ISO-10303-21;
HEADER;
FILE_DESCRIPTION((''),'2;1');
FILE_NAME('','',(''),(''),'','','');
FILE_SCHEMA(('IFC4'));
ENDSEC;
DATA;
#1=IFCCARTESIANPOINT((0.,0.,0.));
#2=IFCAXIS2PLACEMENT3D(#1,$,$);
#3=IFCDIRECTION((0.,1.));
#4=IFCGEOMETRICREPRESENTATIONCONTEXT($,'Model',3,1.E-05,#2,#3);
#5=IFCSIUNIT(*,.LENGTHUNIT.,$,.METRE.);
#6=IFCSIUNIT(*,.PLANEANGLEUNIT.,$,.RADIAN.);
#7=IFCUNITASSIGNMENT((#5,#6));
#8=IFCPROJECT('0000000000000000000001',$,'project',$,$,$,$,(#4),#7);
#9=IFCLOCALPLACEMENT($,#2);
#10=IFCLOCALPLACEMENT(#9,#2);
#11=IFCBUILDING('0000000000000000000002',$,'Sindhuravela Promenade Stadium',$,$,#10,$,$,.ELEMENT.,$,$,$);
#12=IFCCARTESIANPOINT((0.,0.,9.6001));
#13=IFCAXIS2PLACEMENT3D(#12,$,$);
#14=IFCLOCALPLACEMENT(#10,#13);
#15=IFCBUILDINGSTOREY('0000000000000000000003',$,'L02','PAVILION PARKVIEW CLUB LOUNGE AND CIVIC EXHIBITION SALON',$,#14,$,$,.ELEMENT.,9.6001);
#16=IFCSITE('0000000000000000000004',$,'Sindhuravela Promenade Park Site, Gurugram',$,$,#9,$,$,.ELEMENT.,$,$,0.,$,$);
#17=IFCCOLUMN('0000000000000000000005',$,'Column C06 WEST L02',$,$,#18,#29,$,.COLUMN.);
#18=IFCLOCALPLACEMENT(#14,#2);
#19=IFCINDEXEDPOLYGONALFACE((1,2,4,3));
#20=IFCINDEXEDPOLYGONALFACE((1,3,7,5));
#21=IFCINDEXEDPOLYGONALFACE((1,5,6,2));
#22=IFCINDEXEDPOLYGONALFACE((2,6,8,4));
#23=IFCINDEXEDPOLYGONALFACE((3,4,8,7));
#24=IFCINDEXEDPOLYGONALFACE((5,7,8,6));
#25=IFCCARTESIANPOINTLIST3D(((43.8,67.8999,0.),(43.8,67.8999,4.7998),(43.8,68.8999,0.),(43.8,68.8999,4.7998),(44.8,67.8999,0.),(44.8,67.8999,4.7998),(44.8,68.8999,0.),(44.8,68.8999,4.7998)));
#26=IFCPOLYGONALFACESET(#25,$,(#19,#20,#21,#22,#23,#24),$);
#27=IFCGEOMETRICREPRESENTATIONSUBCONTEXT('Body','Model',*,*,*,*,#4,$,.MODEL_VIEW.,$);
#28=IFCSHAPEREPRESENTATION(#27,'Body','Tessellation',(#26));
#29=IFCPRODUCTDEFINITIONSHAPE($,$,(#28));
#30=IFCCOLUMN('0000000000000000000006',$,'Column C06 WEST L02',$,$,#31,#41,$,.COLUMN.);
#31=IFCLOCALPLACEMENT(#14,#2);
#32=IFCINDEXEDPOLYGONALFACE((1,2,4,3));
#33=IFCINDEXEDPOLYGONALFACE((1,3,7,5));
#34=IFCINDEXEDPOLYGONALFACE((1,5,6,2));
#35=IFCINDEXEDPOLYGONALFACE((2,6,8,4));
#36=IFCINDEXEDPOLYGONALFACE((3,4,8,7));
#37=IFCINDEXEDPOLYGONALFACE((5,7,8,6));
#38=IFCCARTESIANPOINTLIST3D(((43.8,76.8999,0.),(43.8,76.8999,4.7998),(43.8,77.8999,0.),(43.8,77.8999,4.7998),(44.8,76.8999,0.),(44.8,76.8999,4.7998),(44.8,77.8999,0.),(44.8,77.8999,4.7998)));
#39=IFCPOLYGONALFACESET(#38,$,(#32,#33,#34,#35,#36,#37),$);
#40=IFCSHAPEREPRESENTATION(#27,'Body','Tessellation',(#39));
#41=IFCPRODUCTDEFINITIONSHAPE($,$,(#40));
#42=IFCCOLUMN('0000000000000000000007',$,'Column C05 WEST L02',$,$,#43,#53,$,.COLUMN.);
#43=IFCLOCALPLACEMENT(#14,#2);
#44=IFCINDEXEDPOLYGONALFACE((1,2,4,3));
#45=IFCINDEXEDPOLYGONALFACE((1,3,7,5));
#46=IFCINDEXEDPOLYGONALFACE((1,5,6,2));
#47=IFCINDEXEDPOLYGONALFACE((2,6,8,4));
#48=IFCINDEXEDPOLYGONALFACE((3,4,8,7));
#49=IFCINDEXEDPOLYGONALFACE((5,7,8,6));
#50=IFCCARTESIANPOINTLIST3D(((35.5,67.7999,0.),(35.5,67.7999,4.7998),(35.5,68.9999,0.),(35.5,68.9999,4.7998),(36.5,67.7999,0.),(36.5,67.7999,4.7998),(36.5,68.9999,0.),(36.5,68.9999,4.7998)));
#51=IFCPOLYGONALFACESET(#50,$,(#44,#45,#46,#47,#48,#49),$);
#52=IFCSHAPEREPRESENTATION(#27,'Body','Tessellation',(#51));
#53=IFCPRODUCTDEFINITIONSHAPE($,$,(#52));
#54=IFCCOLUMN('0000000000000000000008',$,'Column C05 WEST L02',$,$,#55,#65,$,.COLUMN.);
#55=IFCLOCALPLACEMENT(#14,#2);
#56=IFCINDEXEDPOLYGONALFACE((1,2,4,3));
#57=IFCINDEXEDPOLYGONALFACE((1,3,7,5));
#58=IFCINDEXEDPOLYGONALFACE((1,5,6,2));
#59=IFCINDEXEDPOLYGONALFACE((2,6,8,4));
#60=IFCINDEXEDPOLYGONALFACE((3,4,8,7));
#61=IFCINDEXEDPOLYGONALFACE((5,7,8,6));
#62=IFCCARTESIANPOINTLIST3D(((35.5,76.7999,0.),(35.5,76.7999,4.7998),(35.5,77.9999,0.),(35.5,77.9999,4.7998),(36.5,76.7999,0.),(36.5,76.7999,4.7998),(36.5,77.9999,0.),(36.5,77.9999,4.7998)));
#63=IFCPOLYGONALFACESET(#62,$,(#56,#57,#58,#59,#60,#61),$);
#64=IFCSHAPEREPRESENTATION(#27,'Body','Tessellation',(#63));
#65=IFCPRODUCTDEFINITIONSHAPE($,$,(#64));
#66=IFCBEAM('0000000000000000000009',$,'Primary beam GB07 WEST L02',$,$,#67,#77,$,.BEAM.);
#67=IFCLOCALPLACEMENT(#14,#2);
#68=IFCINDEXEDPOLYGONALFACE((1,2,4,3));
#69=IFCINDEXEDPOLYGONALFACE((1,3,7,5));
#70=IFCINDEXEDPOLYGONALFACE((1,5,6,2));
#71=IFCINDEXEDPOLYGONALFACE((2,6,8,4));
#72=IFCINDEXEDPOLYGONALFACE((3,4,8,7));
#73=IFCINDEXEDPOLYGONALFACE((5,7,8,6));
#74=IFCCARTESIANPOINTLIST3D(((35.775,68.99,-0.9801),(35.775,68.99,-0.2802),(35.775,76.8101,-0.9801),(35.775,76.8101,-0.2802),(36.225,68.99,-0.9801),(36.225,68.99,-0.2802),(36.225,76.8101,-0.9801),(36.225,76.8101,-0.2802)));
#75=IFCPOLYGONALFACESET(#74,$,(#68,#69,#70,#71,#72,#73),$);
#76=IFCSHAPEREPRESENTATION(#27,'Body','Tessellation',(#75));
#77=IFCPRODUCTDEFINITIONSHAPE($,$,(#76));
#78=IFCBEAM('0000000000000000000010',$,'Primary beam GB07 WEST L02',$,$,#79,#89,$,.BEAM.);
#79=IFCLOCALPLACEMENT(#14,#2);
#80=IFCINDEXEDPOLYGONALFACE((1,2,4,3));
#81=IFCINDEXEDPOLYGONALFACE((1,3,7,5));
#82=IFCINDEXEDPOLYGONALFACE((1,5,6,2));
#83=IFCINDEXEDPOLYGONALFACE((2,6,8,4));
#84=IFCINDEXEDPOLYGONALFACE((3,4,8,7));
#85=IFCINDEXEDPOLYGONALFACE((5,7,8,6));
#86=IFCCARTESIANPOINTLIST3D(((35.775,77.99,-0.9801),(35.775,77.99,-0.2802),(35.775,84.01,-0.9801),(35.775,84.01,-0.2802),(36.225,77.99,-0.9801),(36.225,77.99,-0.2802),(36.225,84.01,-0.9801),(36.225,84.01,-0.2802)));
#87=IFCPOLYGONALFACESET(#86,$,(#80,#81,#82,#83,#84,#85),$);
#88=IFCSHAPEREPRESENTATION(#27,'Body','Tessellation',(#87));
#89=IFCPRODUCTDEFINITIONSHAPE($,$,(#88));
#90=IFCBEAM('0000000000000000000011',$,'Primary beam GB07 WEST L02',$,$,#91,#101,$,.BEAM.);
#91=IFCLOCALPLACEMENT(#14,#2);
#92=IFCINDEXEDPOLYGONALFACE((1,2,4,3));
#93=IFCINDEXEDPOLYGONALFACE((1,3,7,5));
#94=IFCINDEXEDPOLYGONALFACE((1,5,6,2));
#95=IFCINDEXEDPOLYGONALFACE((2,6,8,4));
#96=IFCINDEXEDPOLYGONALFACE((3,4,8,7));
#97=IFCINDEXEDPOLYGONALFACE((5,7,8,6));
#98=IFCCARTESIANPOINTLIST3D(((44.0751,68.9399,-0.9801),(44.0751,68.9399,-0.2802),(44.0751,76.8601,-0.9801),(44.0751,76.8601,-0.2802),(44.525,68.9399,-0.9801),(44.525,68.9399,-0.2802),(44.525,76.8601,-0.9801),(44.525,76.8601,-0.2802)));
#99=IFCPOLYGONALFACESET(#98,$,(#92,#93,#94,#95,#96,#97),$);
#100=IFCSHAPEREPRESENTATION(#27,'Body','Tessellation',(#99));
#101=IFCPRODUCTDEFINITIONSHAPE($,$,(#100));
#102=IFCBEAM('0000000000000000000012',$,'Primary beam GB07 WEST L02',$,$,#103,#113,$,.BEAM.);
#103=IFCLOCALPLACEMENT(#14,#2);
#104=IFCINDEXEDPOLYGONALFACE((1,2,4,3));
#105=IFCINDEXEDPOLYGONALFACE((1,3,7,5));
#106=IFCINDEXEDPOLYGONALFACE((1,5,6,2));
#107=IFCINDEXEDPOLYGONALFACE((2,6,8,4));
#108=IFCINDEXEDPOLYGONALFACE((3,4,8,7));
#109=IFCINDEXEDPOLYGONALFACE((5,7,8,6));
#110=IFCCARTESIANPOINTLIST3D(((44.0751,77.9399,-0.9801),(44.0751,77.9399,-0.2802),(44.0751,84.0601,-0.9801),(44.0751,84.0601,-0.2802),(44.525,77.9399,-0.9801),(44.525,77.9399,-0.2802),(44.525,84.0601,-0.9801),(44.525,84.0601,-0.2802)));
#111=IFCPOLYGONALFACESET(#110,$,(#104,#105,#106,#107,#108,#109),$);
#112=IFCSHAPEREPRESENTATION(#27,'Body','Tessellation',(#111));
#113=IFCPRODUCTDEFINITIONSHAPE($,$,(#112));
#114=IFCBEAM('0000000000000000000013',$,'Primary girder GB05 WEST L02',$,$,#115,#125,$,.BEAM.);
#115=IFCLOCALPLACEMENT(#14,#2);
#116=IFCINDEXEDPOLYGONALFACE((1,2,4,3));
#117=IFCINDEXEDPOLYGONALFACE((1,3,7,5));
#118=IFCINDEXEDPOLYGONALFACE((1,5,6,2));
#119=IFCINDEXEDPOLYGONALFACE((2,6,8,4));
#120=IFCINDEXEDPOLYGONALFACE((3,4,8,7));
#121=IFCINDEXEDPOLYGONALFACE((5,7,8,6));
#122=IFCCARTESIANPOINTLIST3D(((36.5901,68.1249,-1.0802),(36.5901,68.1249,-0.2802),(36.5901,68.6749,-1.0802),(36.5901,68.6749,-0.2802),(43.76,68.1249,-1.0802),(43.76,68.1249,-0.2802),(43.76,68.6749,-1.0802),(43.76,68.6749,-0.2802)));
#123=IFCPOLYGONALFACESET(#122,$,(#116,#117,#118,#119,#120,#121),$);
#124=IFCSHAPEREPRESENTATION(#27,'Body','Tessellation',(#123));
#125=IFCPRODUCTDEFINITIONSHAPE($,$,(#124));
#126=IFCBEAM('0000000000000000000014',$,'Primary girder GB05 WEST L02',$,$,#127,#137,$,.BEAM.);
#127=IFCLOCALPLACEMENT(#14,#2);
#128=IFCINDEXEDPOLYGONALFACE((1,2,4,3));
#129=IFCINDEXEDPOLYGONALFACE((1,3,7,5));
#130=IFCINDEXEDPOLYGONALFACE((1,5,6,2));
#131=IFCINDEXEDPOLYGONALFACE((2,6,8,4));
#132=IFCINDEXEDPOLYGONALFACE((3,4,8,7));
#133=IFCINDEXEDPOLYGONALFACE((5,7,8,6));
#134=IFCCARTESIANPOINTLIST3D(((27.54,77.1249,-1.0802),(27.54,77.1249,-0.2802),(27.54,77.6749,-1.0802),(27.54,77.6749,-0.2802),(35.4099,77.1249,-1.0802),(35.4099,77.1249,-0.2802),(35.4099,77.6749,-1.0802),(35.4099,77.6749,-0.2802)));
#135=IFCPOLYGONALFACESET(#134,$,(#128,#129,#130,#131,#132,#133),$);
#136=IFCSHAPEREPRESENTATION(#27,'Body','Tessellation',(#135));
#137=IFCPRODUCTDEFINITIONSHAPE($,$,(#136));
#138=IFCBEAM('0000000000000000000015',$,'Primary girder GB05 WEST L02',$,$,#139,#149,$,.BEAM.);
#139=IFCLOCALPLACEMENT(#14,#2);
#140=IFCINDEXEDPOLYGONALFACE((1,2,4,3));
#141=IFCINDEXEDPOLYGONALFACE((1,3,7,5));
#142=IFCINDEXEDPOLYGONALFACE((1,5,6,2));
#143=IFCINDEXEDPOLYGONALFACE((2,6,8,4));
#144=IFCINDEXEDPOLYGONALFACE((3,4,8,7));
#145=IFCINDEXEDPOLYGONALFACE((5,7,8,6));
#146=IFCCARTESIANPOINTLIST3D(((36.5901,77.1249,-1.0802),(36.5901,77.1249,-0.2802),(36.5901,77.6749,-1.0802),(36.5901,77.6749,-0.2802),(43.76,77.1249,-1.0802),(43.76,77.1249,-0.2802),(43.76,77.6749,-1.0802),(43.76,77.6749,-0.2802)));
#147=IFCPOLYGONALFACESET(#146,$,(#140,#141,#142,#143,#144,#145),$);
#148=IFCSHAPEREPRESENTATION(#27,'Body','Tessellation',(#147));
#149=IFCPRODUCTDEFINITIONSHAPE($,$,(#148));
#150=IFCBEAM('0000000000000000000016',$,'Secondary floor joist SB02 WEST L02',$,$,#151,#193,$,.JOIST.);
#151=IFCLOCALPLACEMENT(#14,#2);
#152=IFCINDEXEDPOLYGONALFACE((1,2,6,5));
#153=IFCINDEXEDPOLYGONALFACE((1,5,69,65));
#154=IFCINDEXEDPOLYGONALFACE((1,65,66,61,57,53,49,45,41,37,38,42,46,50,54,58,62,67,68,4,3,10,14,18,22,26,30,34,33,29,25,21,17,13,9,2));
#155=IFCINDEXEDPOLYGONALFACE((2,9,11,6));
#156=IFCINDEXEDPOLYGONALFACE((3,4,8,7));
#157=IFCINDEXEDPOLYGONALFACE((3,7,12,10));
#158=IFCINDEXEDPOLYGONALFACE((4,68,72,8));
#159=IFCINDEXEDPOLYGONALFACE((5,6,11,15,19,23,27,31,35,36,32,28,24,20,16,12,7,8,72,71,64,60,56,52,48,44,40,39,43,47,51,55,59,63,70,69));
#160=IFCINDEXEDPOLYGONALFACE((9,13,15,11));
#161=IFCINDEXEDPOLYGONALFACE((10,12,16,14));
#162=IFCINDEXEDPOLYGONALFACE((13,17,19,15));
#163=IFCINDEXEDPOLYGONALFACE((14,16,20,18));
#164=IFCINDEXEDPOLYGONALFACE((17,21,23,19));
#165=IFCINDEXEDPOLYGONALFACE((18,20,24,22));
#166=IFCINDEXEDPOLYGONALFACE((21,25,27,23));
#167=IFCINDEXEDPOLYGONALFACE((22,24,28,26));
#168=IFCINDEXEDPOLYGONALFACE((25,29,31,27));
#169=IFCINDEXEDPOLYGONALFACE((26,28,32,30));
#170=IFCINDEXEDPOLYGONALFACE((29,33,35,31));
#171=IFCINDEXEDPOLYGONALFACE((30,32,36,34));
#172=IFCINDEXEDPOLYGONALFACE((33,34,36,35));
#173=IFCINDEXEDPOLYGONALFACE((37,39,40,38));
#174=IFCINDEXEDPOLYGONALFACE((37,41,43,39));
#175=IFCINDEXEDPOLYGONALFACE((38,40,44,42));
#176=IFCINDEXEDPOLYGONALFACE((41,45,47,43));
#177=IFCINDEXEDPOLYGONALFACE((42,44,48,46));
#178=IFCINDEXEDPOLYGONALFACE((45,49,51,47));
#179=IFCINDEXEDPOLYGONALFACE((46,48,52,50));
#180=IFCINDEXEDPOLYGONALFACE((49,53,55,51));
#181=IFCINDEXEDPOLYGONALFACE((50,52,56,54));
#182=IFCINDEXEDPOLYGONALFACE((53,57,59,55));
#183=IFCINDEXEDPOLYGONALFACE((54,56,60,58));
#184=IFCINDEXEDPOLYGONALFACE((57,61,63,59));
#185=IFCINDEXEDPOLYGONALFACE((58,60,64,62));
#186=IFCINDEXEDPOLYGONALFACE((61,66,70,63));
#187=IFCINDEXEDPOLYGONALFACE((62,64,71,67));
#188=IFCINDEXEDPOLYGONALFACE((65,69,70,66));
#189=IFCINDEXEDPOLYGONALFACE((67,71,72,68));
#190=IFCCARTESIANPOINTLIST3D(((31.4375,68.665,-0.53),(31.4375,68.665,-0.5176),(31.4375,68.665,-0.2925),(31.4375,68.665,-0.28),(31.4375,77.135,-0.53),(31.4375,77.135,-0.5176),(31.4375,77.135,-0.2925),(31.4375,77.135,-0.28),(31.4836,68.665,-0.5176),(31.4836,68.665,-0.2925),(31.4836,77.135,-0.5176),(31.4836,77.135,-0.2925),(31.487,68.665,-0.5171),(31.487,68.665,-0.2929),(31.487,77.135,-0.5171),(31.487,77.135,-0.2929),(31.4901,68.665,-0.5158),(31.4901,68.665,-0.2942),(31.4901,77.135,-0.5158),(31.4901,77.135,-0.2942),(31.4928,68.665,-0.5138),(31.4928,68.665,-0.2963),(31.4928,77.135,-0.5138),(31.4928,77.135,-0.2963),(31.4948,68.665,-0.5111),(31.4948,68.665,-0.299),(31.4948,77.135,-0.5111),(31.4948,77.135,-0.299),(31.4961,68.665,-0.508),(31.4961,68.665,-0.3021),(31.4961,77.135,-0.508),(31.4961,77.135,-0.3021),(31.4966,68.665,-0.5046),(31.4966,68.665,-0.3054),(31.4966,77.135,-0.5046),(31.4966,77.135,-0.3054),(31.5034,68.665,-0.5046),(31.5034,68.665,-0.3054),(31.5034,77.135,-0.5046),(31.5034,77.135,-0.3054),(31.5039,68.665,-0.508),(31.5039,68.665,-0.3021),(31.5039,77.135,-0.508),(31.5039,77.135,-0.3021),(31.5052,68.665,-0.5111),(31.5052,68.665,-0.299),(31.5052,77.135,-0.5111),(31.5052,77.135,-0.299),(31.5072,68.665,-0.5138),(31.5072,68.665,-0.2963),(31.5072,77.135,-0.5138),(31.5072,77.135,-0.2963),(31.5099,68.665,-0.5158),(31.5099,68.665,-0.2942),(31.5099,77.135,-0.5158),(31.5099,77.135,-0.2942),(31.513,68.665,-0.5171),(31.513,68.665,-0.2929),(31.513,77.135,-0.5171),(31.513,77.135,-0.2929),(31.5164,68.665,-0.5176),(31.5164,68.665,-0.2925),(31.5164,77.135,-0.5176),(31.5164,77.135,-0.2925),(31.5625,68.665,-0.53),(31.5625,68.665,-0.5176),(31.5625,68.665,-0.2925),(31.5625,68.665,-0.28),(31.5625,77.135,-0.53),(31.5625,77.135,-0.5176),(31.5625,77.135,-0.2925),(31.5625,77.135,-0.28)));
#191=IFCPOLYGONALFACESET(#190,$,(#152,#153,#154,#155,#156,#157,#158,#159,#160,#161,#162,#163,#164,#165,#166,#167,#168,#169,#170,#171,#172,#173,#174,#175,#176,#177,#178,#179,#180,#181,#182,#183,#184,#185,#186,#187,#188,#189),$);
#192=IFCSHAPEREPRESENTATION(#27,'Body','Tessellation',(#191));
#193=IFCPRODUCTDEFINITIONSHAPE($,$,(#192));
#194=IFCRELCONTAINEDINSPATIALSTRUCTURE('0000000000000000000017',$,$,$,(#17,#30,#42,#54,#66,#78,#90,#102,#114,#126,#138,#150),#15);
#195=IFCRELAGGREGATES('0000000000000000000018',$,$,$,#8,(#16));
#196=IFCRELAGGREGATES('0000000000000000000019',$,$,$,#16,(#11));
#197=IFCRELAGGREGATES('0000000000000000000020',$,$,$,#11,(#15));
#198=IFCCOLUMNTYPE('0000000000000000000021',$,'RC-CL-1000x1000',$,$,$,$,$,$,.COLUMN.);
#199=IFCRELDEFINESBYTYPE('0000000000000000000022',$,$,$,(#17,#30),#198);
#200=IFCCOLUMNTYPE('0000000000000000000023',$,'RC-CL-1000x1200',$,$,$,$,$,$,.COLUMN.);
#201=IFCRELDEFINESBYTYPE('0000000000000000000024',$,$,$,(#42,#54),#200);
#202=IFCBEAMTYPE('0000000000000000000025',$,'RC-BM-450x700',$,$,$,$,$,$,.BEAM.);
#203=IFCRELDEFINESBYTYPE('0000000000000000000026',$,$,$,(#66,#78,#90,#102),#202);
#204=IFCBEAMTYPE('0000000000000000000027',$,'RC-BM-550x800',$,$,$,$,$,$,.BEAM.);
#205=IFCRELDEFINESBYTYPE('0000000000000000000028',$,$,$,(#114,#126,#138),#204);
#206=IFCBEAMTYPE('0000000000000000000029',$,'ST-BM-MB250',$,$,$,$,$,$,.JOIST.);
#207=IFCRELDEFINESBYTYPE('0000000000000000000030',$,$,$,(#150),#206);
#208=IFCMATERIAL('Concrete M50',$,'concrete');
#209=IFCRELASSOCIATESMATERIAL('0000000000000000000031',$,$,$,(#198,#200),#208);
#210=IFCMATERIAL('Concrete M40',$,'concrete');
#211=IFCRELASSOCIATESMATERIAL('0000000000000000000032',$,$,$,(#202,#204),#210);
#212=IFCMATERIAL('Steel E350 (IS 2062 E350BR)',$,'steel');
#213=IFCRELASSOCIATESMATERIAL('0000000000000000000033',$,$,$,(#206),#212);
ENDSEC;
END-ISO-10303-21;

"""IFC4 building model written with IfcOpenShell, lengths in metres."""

from ifc_helpers import new_model, si_unit, direction, frame, origin, origin_2d, place, context, subcontext, project, spatial, rectangle, i_section, extrude, material, material_profile, profile_set, type_object, element, save


model = new_model("IFC4")

# Units and contexts
model_context = context("Model", 3, precision=1e-05, world=origin(), true_north=direction((0.0, 1.0)))
body_context = subcontext(model_context, "Body", "Model", "MODEL_VIEW")
ifc_project = project(units=[si_unit("LENGTHUNIT", "METRE"), si_unit("PLANEANGLEUNIT", "RADIAN")], contexts=[model_context])

# Site, building, storey
site_placement = place(None, origin())
site = spatial("IfcSite", under=ifc_project, at=site_placement, Name="Sindhuravela Promenade Park Site, Gurugram", CompositionType="ELEMENT", RefElevation=0.0)
building_placement = place(site_placement, origin())
building = spatial("IfcBuilding", under=site, at=building_placement, Name="Sindhuravela Promenade Stadium", CompositionType="ELEMENT")
storey_placement = place(building_placement, frame((0.0, 0.0, 9.6001)))
storey = spatial("IfcBuildingStorey", under=building, at=storey_placement, Name="L02", Description="PAVILION PARKVIEW CLUB LOUNGE AND CIVIC EXHIBITION SALON", CompositionType="ELEMENT", Elevation=9.6001)

# Columns
ifc_material_1 = material(Name="Concrete M50", Category="concrete")
ifc_material_profile_1 = material_profile(ifc_material_1, rectangle(XDim=1.0, YDim=1.0, at=origin_2d()), Name="RC 1000x1000")
ifc_profile_set_1 = profile_set([ifc_material_profile_1], Name="Concrete M50")
column_type_1 = type_object("IfcColumnType", Name="RC-CL-1000x1000", PredefinedType="COLUMN", material=ifc_profile_set_1)
for number, where, z_axis, x_axis, name in (
    (1, (44.3, 68.3999, 0.0), (0.0, 0.0, 1.0), (1.0, 0.0, 0.0), "Column C06 WEST L02"),
    (2, (44.3, 77.3999, 0.0), (0.0, 0.0, 1.0), (1.0, 0.0, 0.0), "Column C06 WEST L02"),
):
    element("IfcColumn", number, at=place(storey_placement, frame(where, z_axis=z_axis, x_axis=x_axis)), inside=storey, type_object=column_type_1, Name=name, PredefinedType="COLUMN", context=body_context, shape_type="SweptSolid", body=[
        extrude(rectangle(XDim=1.0, YDim=1.0, at=origin_2d()), origin(), (0.0, 0.0, 1.0), 4.7998),
    ])
ifc_material_profile_2 = material_profile(ifc_material_1, rectangle(XDim=1.0, YDim=1.2, at=origin_2d()), Name="RC 1000x1200")
ifc_profile_set_2 = profile_set([ifc_material_profile_2], Name="Concrete M50")
column_type_2 = type_object("IfcColumnType", Name="RC-CL-1000x1200", PredefinedType="COLUMN", material=ifc_profile_set_2)
for number, where, z_axis, x_axis, name in (
    (3, (36.0, 68.3999, 0.0), (0.0, 0.0, 1.0), (1.0, 0.0, 0.0), "Column C05 WEST L02"),
    (4, (36.0, 77.3999, 0.0), (0.0, 0.0, 1.0), (1.0, 0.0, 0.0), "Column C05 WEST L02"),
):
    element("IfcColumn", number, at=place(storey_placement, frame(where, z_axis=z_axis, x_axis=x_axis)), inside=storey, type_object=column_type_2, Name=name, PredefinedType="COLUMN", context=body_context, shape_type="SweptSolid", body=[
        extrude(rectangle(XDim=1.0, YDim=1.2, at=origin_2d()), origin(), (0.0, 0.0, 1.0), 4.7998),
    ])

# Beams
ifc_material_2 = material(Name="Concrete M40", Category="concrete")
ifc_material_profile_3 = material_profile(ifc_material_2, rectangle(XDim=0.45, YDim=0.7, at=origin_2d()), Name="RC 450x700")
ifc_profile_set_3 = profile_set([ifc_material_profile_3], Name="Concrete M40")
beam_type_1 = type_object("IfcBeamType", Name="RC-BM-450x700", PredefinedType="BEAM", material=ifc_profile_set_3)
beam_1_placement = place(storey_placement, frame((36.0, 68.99, -0.6301), z_axis=(0.0, 1.0, 0.0), x_axis=(-1.0, 0.0, 0.0)))
element("IfcBeam", 5, at=beam_1_placement, inside=storey, type_object=beam_type_1, Name="Primary beam GB07 WEST L02", PredefinedType="BEAM", context=body_context, shape_type="SweptSolid", body=[
    extrude(rectangle(XDim=0.45, YDim=0.7, at=origin_2d()), origin(), (0.0, 0.0, 1.0), 7.8201),
])
beam_2_placement = place(storey_placement, frame((36.0, 77.99, -0.6301), z_axis=(0.0, 1.0, 0.0), x_axis=(-1.0, 0.0, 0.0)))
element("IfcBeam", 6, at=beam_2_placement, inside=storey, type_object=beam_type_1, Name="Primary beam GB07 WEST L02", PredefinedType="BEAM", context=body_context, shape_type="SweptSolid", body=[
    extrude(rectangle(XDim=0.45, YDim=0.7, at=origin_2d()), origin(), (0.0, 0.0, 1.0), 6.02),
])
beam_3_placement = place(storey_placement, frame((44.3, 68.9399, -0.6301), z_axis=(0.0, 1.0, 0.0), x_axis=(-1.0, 0.0, 0.0)))
element("IfcBeam", 7, at=beam_3_placement, inside=storey, type_object=beam_type_1, Name="Primary beam GB07 WEST L02", PredefinedType="BEAM", context=body_context, shape_type="SweptSolid", body=[
    extrude(rectangle(XDim=0.45, YDim=0.7, at=origin_2d()), origin(), (0.0, 0.0, 1.0), 7.9202),
])
beam_4_placement = place(storey_placement, frame((44.3, 77.9399, -0.6301), z_axis=(0.0, 1.0, 0.0), x_axis=(-1.0, 0.0, 0.0)))
element("IfcBeam", 8, at=beam_4_placement, inside=storey, type_object=beam_type_1, Name="Primary beam GB07 WEST L02", PredefinedType="BEAM", context=body_context, shape_type="SweptSolid", body=[
    extrude(rectangle(XDim=0.45, YDim=0.7, at=origin_2d()), origin(), (0.0, 0.0, 1.0), 6.1201),
])
ifc_material_profile_4 = material_profile(ifc_material_2, rectangle(XDim=0.55, YDim=0.8, at=origin_2d()), Name="RC 550x800")
ifc_profile_set_4 = profile_set([ifc_material_profile_4], Name="Concrete M40")
beam_type_2 = type_object("IfcBeamType", Name="RC-BM-550x800", PredefinedType="BEAM", material=ifc_profile_set_4)
beam_5_placement = place(storey_placement, frame((36.5901, 68.3999, -0.6802), z_axis=(1.0, 0.0, 0.0), x_axis=(0.0, 1.0, 0.0)))
element("IfcBeam", 9, at=beam_5_placement, inside=storey, type_object=beam_type_2, Name="Primary girder GB05 WEST L02", PredefinedType="BEAM", context=body_context, shape_type="SweptSolid", body=[
    extrude(rectangle(XDim=0.55, YDim=0.8, at=origin_2d()), origin(), (0.0, 0.0, 1.0), 7.1699),
])
beam_6_placement = place(storey_placement, frame((27.54, 77.3999, -0.6802), z_axis=(1.0, 0.0, 0.0), x_axis=(0.0, 1.0, 0.0)))
element("IfcBeam", 10, at=beam_6_placement, inside=storey, type_object=beam_type_2, Name="Primary girder GB05 WEST L02", PredefinedType="BEAM", context=body_context, shape_type="SweptSolid", body=[
    extrude(rectangle(XDim=0.55, YDim=0.8, at=origin_2d()), origin(), (0.0, 0.0, 1.0), 7.8699),
])
beam_7_placement = place(storey_placement, frame((36.5901, 77.3999, -0.6802), z_axis=(1.0, 0.0, 0.0), x_axis=(0.0, 1.0, 0.0)))
element("IfcBeam", 11, at=beam_7_placement, inside=storey, type_object=beam_type_2, Name="Primary girder GB05 WEST L02", PredefinedType="BEAM", context=body_context, shape_type="SweptSolid", body=[
    extrude(rectangle(XDim=0.55, YDim=0.8, at=origin_2d()), origin(), (0.0, 0.0, 1.0), 7.1699),
])
ifc_material_3 = material(Name="Steel E350 (IS 2062 E350BR)", Category="steel")
ifc_material_profile_5 = material_profile(ifc_material_3, i_section(OverallWidth=0.125, OverallDepth=0.25, WebThickness=0.0068, FlangeThickness=0.0125, FilletRadius=0.0129, at=origin_2d()), Name="ISMB 250")
ifc_profile_set_5 = profile_set([ifc_material_profile_5], Name="Steel E350 (IS 2062 E350BR)")
beam_type_3 = type_object("IfcBeamType", Name="ST-BM-MB250", PredefinedType="JOIST", material=ifc_profile_set_5)
beam_8_placement = place(storey_placement, frame((31.5, 68.665, -0.405), z_axis=(0.0, 1.0, 0.0), x_axis=(-1.0, 0.0, 0.0)))
element("IfcBeam", 12, at=beam_8_placement, inside=storey, type_object=beam_type_3, Name="Secondary floor joist SB02 WEST L02", PredefinedType="JOIST", context=body_context, shape_type="SweptSolid", body=[
    extrude(i_section(OverallWidth=0.125, OverallDepth=0.25, WebThickness=0.0068, FlangeThickness=0.0125, FilletRadius=0.0129, at=origin_2d()), origin(), (0.0, 0.0, 1.0), 8.47),
])

save(model, "model.ifc")
